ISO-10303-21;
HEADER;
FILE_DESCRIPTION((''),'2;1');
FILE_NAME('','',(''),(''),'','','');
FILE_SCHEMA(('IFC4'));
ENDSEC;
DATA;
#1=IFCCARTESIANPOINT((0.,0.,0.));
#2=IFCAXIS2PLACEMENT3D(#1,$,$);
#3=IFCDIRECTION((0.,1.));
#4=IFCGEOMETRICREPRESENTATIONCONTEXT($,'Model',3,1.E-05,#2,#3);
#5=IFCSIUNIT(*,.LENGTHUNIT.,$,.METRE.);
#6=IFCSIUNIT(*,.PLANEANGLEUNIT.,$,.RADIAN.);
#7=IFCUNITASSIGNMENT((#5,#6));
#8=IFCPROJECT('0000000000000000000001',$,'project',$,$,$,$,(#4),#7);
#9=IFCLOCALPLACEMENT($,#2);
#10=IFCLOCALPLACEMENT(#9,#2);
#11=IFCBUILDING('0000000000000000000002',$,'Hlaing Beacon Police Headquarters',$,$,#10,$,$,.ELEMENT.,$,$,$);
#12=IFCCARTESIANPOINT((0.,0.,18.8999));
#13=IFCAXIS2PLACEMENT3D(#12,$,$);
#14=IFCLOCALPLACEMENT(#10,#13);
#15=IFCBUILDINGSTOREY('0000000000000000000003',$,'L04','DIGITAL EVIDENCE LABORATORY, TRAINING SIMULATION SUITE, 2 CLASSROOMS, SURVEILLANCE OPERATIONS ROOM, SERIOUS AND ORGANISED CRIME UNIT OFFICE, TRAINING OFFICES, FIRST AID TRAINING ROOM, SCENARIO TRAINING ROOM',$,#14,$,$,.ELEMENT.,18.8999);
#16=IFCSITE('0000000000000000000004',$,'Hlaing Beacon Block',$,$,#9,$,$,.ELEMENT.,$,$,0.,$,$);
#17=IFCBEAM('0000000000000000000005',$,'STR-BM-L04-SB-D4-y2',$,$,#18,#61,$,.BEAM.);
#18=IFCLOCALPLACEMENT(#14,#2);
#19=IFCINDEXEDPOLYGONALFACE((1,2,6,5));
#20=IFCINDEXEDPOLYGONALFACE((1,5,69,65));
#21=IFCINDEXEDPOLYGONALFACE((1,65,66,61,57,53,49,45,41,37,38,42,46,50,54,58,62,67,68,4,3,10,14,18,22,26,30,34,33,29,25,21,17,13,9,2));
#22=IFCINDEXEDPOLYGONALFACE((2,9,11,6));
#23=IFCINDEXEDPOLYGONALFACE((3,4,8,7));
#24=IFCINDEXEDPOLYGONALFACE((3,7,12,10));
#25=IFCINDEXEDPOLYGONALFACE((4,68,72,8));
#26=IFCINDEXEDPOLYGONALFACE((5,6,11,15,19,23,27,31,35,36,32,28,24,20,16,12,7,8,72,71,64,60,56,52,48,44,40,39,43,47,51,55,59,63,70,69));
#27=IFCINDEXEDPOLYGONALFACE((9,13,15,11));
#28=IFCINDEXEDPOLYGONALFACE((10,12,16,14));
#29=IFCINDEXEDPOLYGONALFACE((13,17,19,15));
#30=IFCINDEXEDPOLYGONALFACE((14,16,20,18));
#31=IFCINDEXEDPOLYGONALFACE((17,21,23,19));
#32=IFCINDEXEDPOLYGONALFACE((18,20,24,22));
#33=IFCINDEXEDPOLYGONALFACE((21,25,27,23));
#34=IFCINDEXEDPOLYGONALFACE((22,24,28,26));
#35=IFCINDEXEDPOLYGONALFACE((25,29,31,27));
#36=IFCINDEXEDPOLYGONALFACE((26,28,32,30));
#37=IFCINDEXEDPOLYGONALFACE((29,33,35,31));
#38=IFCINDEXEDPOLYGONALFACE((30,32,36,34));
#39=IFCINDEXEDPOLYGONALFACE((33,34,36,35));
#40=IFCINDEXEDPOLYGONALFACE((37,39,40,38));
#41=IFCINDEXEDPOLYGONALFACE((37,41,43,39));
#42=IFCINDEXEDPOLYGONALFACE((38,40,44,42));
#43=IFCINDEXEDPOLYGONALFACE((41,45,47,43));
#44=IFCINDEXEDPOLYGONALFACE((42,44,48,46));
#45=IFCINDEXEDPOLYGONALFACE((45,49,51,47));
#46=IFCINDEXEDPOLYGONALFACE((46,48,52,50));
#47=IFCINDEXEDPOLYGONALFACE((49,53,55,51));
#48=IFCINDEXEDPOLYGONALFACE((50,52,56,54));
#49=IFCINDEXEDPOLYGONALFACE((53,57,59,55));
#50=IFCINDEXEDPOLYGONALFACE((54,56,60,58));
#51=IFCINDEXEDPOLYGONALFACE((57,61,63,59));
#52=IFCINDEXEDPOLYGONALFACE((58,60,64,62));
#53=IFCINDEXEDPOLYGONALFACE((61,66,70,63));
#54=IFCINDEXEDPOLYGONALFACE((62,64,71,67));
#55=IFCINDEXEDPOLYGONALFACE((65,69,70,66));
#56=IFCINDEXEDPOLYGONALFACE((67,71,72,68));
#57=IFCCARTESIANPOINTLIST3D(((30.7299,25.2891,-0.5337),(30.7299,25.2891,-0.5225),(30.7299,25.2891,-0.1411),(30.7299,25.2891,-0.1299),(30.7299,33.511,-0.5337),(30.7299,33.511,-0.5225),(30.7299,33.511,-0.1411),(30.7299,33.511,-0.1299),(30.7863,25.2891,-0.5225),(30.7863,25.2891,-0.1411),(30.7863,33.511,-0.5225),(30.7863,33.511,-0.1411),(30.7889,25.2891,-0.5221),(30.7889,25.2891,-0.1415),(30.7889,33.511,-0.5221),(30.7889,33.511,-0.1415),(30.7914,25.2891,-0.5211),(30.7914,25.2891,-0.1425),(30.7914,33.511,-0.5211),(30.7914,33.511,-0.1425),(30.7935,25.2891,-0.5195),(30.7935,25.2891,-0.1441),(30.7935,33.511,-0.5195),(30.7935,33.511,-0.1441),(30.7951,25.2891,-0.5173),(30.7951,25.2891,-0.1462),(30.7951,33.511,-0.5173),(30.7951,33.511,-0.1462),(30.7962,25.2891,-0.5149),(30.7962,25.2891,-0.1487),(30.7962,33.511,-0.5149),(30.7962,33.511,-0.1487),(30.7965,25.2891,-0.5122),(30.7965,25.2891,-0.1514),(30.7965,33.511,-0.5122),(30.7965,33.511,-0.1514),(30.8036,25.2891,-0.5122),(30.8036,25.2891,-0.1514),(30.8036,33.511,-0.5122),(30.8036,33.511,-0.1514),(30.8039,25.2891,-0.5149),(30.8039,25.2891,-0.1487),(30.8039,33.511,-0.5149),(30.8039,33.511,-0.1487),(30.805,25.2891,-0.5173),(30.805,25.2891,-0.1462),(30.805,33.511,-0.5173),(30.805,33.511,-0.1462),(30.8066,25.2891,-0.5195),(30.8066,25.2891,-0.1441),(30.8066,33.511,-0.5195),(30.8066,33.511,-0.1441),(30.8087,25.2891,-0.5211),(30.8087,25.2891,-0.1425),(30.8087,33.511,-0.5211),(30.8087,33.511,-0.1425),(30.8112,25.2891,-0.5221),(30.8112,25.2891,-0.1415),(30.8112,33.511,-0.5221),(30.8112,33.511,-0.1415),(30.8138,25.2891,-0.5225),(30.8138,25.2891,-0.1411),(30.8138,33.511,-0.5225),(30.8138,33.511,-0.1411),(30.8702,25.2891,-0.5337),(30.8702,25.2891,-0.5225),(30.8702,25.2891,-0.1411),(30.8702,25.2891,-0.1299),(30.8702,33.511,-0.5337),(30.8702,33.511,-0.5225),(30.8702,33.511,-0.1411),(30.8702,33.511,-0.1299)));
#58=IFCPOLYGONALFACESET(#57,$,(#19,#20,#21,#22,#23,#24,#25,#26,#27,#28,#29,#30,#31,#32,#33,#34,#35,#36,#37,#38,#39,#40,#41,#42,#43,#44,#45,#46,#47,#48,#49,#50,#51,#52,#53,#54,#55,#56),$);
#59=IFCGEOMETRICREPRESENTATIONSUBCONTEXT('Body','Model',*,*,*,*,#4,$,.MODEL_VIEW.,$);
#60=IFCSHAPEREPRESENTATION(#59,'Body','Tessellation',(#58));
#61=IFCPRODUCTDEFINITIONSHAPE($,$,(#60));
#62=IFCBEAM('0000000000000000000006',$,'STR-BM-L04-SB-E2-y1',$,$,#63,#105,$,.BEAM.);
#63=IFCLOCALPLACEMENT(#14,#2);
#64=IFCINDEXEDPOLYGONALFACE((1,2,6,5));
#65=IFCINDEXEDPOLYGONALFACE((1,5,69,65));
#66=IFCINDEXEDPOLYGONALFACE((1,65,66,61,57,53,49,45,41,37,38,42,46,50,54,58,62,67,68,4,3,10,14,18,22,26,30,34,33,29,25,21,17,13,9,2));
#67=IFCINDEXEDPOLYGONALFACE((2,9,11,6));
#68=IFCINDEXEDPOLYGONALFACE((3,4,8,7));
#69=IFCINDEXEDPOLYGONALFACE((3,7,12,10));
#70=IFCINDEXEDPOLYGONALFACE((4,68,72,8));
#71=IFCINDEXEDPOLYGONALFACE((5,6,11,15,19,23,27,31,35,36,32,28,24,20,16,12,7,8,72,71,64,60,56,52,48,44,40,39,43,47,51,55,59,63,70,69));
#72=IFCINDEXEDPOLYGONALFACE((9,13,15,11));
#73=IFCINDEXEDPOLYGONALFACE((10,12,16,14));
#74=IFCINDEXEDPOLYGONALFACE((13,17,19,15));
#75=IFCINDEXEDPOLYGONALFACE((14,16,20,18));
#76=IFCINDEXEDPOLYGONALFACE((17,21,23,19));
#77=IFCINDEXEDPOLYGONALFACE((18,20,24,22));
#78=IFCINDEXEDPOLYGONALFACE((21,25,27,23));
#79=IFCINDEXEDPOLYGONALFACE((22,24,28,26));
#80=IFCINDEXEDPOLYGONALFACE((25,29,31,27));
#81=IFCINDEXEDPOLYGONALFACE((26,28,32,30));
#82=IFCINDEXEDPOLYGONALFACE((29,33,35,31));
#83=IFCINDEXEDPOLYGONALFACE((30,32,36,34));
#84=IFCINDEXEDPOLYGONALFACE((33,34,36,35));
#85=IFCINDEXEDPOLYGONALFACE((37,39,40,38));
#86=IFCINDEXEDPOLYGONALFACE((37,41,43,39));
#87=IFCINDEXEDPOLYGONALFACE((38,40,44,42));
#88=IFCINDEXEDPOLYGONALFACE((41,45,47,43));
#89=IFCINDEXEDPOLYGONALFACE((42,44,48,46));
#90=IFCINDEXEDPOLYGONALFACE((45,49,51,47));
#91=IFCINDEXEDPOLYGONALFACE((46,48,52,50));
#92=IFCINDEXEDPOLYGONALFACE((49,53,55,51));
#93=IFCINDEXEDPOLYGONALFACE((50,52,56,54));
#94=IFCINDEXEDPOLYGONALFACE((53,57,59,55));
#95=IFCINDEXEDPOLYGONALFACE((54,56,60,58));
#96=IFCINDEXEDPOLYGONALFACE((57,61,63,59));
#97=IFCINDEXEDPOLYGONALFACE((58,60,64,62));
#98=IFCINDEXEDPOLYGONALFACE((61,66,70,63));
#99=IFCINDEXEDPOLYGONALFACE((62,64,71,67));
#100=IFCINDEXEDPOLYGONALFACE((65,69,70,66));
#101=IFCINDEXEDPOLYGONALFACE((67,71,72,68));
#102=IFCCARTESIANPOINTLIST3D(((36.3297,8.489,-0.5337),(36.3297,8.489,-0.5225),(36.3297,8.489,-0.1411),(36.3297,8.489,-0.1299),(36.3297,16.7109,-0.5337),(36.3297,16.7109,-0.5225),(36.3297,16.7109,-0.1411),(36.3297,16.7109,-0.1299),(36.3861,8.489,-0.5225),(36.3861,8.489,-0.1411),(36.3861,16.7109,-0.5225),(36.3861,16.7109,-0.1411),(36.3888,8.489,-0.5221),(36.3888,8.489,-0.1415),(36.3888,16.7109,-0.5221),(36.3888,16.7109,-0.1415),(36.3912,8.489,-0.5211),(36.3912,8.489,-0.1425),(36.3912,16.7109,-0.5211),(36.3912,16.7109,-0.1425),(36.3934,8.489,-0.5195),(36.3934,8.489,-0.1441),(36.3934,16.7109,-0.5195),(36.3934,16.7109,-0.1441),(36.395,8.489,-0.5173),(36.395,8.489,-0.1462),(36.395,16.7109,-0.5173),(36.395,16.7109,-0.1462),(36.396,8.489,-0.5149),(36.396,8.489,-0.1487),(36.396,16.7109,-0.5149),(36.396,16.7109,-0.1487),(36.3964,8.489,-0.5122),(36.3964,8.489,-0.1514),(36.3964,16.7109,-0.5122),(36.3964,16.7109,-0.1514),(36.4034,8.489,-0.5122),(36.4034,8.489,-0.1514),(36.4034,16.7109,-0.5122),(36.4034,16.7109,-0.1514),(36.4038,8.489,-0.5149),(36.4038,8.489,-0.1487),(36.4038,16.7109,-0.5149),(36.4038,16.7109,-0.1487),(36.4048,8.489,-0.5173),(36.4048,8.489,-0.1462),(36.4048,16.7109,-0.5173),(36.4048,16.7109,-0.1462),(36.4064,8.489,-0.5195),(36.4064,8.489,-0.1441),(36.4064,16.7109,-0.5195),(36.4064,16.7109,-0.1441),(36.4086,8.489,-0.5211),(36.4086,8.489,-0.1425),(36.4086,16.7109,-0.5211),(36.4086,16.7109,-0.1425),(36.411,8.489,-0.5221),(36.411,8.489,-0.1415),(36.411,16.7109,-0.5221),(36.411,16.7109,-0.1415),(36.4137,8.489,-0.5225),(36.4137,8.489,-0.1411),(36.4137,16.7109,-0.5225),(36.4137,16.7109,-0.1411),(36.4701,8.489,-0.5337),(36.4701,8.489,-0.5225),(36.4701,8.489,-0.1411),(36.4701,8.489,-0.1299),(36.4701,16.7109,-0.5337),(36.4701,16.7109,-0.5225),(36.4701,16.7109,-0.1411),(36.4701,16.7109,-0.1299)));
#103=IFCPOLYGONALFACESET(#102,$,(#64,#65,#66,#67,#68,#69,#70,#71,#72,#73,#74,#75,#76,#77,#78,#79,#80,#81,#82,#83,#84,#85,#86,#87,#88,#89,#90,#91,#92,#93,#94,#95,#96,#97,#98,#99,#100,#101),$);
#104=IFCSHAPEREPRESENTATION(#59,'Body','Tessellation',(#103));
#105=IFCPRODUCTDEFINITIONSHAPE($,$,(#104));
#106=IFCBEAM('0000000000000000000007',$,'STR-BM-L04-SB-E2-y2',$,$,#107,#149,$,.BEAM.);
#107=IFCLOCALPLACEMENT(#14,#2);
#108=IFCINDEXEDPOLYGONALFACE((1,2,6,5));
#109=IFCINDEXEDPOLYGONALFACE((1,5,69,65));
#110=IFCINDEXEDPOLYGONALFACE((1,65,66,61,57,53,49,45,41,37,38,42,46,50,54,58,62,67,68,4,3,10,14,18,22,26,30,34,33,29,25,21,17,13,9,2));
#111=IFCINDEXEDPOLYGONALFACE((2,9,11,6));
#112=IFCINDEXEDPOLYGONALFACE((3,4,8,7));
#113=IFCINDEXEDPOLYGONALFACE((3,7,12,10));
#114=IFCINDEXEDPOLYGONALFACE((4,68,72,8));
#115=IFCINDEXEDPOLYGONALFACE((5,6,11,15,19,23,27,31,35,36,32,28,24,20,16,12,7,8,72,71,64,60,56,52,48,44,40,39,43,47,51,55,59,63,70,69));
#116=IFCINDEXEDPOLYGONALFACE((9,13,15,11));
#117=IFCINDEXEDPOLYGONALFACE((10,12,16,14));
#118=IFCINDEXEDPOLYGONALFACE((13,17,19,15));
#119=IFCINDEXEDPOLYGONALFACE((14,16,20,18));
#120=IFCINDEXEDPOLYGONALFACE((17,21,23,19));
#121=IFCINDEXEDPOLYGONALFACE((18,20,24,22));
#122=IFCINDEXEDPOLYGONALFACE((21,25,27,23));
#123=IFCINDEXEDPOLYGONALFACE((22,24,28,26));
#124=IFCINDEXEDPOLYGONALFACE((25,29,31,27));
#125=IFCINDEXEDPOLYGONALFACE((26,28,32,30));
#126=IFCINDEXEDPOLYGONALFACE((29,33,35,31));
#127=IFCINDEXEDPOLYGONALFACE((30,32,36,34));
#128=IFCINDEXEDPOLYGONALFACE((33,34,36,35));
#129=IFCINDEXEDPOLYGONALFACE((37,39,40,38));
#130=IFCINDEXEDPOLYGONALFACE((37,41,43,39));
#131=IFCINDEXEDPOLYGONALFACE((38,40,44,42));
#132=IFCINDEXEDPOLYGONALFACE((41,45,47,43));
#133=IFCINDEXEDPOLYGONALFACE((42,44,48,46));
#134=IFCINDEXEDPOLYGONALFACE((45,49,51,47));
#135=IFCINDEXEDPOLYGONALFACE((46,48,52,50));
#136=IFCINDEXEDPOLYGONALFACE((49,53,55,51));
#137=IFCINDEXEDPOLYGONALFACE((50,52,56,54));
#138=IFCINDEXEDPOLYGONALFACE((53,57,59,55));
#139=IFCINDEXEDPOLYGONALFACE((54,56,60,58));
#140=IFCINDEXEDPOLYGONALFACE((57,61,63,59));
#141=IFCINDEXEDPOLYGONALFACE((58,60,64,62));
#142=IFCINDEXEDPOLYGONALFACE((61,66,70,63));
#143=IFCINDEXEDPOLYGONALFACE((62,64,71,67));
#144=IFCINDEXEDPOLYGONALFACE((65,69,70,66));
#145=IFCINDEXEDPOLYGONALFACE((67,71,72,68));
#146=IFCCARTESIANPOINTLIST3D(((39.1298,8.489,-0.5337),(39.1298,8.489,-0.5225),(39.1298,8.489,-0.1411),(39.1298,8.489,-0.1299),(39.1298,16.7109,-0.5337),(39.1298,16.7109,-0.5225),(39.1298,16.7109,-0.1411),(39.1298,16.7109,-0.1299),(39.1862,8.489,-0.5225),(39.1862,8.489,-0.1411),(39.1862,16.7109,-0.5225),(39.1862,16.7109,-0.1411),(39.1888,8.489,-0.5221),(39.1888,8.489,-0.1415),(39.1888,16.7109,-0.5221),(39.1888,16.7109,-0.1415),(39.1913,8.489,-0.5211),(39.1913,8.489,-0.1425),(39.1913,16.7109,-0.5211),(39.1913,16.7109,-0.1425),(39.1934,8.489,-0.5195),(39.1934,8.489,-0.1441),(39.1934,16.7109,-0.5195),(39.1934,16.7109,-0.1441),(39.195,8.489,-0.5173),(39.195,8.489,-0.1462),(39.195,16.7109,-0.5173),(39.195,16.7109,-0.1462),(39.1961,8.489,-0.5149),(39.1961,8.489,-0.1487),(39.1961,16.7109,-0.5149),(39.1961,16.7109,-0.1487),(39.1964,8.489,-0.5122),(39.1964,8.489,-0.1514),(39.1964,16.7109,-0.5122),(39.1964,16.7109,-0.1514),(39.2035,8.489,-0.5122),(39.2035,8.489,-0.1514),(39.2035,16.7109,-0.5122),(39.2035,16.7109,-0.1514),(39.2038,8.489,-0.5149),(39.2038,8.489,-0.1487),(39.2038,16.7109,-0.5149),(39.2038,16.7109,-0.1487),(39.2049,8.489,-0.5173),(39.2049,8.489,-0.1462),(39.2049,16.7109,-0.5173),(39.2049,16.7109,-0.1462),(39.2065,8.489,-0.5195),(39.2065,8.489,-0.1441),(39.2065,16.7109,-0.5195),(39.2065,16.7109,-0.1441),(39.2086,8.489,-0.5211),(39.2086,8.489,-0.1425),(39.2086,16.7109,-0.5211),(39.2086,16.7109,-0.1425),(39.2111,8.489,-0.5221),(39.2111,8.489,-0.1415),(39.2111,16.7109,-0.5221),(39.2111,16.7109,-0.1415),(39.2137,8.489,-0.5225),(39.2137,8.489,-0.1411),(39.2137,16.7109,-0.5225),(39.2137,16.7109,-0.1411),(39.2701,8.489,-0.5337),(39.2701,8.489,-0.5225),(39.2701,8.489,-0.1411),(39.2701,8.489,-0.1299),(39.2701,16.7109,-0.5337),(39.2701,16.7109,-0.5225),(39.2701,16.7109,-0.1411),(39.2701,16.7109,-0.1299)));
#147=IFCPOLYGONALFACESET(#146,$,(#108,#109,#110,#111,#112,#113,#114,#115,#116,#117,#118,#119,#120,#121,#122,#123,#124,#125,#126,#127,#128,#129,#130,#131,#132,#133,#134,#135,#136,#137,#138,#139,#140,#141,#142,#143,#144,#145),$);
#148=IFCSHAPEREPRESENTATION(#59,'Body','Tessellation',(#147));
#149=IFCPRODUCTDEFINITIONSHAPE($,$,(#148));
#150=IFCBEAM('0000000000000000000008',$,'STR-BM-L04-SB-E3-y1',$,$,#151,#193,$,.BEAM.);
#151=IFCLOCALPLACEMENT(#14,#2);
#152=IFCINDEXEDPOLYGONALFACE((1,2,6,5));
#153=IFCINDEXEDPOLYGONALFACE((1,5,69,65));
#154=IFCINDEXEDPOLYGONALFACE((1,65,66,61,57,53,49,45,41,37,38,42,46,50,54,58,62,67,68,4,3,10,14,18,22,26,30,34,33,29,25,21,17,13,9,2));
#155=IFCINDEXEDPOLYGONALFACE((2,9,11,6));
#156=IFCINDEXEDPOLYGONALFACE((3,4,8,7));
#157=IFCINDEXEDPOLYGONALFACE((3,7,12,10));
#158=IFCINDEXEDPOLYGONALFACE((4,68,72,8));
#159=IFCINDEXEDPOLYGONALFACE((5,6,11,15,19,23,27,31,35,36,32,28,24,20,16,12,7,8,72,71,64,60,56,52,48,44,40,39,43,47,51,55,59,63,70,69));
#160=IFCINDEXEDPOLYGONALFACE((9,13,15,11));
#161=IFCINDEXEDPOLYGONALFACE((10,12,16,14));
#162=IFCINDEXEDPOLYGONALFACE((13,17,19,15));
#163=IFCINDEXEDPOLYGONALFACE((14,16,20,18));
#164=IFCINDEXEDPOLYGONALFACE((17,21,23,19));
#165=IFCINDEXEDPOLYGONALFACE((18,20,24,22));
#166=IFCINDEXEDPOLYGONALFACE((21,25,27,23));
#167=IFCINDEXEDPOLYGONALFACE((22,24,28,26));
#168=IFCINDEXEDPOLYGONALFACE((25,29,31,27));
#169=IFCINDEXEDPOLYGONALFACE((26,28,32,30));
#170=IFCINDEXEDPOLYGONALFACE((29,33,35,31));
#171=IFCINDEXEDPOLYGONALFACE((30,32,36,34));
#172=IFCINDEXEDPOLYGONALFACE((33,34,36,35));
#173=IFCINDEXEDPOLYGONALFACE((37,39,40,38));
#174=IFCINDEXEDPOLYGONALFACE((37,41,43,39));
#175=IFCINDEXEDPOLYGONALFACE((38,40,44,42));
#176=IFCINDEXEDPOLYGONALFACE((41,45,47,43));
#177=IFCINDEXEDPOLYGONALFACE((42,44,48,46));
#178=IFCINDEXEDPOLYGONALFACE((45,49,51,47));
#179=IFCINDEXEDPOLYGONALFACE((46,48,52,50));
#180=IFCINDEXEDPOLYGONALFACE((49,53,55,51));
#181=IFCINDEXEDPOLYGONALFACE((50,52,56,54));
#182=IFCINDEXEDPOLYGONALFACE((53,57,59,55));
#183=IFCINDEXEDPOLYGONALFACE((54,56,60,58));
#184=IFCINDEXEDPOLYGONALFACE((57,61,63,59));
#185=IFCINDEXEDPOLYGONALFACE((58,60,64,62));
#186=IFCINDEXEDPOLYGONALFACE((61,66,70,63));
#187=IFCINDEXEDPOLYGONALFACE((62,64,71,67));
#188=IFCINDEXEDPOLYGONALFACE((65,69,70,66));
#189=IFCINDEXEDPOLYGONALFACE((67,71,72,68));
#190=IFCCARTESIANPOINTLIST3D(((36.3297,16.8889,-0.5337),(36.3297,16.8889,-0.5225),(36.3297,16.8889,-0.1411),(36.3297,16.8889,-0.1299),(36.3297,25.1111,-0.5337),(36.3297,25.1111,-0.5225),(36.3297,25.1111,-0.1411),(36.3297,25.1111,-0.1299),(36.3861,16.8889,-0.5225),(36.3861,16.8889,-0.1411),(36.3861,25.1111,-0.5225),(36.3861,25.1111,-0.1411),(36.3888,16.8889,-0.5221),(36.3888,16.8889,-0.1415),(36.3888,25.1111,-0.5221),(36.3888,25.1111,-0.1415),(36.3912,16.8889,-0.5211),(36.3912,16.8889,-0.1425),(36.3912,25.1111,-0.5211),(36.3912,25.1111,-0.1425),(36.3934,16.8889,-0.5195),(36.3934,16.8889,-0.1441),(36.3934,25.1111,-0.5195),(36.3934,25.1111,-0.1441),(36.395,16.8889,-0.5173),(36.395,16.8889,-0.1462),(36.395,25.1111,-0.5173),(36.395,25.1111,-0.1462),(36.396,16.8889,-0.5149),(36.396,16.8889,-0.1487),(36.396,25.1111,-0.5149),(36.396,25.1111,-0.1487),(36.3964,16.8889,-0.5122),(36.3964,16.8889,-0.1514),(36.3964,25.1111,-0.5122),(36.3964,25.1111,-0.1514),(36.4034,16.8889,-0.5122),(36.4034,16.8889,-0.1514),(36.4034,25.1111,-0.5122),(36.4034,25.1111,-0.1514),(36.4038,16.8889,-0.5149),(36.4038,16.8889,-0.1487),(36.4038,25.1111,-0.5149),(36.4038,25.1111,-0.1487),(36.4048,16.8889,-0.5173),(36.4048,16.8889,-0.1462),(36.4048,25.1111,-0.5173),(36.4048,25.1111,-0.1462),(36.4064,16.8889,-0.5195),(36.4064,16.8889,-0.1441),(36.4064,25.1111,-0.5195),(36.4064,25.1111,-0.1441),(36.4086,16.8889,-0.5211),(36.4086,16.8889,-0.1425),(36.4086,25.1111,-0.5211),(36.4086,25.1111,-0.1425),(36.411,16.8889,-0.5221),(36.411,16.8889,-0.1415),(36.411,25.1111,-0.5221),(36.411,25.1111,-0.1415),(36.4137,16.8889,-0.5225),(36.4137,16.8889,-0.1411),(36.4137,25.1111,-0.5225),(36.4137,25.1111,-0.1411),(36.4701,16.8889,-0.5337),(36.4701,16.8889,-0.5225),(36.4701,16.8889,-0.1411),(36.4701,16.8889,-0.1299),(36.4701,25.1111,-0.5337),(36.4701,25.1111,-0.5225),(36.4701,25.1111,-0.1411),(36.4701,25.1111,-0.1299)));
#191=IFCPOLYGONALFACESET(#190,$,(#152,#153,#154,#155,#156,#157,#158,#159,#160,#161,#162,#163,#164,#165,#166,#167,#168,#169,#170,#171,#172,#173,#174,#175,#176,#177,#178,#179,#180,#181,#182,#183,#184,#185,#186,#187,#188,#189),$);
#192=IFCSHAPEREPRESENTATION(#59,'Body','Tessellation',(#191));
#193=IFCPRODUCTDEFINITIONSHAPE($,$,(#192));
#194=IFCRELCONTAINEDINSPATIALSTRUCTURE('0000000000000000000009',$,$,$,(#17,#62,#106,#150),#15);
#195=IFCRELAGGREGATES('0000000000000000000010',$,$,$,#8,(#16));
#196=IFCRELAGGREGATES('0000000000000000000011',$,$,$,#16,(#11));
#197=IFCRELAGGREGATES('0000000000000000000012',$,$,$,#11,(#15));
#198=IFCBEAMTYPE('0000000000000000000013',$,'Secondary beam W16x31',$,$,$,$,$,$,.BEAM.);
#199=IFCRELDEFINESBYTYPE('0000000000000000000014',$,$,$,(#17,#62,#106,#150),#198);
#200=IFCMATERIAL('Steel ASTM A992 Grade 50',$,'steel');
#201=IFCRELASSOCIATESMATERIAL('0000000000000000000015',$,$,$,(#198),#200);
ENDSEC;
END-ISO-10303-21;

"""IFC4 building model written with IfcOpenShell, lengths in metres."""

from ifc_helpers import new_model, si_unit, direction, frame, origin, origin_2d, place, context, subcontext, project, spatial, i_section, extrude, material, material_profile, profile_set, type_object, element, save


model = new_model("IFC4")

# Units and contexts
model_context = context("Model", 3, precision=1e-05, world=origin(), true_north=direction((0.0, 1.0)))
body_context = subcontext(model_context, "Body", "Model", "MODEL_VIEW")
ifc_project = project(units=[si_unit("LENGTHUNIT", "METRE"), si_unit("PLANEANGLEUNIT", "RADIAN")], contexts=[model_context])

# Site, building, storey
site_placement = place(None, origin())
site = spatial("IfcSite", under=ifc_project, at=site_placement, Name="Hlaing Beacon Block", CompositionType="ELEMENT", RefElevation=0.0)
building_placement = place(site_placement, origin())
building = spatial("IfcBuilding", under=site, at=building_placement, Name="Hlaing Beacon Police Headquarters", CompositionType="ELEMENT")
storey_placement = place(building_placement, frame((0.0, 0.0, 18.8999)))
storey = spatial("IfcBuildingStorey", under=building, at=storey_placement, Name="L04", Description="DIGITAL EVIDENCE LABORATORY, TRAINING SIMULATION SUITE, 2 CLASSROOMS, SURVEILLANCE OPERATIONS ROOM, SERIOUS AND ORGANISED CRIME UNIT OFFICE, TRAINING OFFICES, FIRST AID TRAINING ROOM, SCENARIO TRAINING ROOM", CompositionType="ELEMENT", Elevation=18.8999)

# Beams
ifc_material_1 = material(Name="Steel ASTM A992 Grade 50", Category="steel")
ifc_material_profile_1 = material_profile(ifc_material_1, i_section(OverallWidth=0.1404, OverallDepth=0.4038, WebThickness=0.0071, FlangeThickness=0.0112, FilletRadius=0.0103, at=origin_2d()), Name="W16x31")
ifc_profile_set_1 = profile_set([ifc_material_profile_1], Name="Steel ASTM A992 Grade 50")
beam_type_1 = type_object("IfcBeamType", Name="Secondary beam W16x31", PredefinedType="BEAM", material=ifc_profile_set_1)
for number, where, z_axis, x_axis, name in (
    (1, (30.8, 25.2891, -0.3318), (0.0, 1.0, 0.0), (-1.0, 0.0, 0.0), "STR-BM-L04-SB-D4-y2"),
    (2, (36.3999, 8.489, -0.3318), (0.0, 1.0, 0.0), (-1.0, 0.0, 0.0), "STR-BM-L04-SB-E2-y1"),
    (3, (39.2, 8.489, -0.3318), (0.0, 1.0, 0.0), (-1.0, 0.0, 0.0), "STR-BM-L04-SB-E2-y2"),
):
    element("IfcBeam", number, at=place(storey_placement, frame(where, z_axis=z_axis, x_axis=x_axis)), inside=storey, type_object=beam_type_1, Name=name, PredefinedType="BEAM", context=body_context, shape_type="SweptSolid", body=[
        extrude(i_section(OverallWidth=0.1404, OverallDepth=0.4038, WebThickness=0.0071, FlangeThickness=0.0112, FilletRadius=0.0103, at=origin_2d()), origin(), (0.0, 0.0, 1.0), 8.2219),
    ])
for number, where, z_axis, x_axis, name in (
    (4, (36.3999, 16.8889, -0.3318), (0.0, 1.0, 0.0), (-1.0, 0.0, 0.0), "STR-BM-L04-SB-E3-y1"),
):
    element("IfcBeam", number, at=place(storey_placement, frame(where, z_axis=z_axis, x_axis=x_axis)), inside=storey, type_object=beam_type_1, Name=name, PredefinedType="BEAM", context=body_context, shape_type="SweptSolid", body=[
        extrude(i_section(OverallWidth=0.1404, OverallDepth=0.4038, WebThickness=0.0071, FlangeThickness=0.0112, FilletRadius=0.0103, at=origin_2d()), origin(), (0.0, 0.0, 1.0), 8.2222),
    ])

save(model, "model.ifc")
